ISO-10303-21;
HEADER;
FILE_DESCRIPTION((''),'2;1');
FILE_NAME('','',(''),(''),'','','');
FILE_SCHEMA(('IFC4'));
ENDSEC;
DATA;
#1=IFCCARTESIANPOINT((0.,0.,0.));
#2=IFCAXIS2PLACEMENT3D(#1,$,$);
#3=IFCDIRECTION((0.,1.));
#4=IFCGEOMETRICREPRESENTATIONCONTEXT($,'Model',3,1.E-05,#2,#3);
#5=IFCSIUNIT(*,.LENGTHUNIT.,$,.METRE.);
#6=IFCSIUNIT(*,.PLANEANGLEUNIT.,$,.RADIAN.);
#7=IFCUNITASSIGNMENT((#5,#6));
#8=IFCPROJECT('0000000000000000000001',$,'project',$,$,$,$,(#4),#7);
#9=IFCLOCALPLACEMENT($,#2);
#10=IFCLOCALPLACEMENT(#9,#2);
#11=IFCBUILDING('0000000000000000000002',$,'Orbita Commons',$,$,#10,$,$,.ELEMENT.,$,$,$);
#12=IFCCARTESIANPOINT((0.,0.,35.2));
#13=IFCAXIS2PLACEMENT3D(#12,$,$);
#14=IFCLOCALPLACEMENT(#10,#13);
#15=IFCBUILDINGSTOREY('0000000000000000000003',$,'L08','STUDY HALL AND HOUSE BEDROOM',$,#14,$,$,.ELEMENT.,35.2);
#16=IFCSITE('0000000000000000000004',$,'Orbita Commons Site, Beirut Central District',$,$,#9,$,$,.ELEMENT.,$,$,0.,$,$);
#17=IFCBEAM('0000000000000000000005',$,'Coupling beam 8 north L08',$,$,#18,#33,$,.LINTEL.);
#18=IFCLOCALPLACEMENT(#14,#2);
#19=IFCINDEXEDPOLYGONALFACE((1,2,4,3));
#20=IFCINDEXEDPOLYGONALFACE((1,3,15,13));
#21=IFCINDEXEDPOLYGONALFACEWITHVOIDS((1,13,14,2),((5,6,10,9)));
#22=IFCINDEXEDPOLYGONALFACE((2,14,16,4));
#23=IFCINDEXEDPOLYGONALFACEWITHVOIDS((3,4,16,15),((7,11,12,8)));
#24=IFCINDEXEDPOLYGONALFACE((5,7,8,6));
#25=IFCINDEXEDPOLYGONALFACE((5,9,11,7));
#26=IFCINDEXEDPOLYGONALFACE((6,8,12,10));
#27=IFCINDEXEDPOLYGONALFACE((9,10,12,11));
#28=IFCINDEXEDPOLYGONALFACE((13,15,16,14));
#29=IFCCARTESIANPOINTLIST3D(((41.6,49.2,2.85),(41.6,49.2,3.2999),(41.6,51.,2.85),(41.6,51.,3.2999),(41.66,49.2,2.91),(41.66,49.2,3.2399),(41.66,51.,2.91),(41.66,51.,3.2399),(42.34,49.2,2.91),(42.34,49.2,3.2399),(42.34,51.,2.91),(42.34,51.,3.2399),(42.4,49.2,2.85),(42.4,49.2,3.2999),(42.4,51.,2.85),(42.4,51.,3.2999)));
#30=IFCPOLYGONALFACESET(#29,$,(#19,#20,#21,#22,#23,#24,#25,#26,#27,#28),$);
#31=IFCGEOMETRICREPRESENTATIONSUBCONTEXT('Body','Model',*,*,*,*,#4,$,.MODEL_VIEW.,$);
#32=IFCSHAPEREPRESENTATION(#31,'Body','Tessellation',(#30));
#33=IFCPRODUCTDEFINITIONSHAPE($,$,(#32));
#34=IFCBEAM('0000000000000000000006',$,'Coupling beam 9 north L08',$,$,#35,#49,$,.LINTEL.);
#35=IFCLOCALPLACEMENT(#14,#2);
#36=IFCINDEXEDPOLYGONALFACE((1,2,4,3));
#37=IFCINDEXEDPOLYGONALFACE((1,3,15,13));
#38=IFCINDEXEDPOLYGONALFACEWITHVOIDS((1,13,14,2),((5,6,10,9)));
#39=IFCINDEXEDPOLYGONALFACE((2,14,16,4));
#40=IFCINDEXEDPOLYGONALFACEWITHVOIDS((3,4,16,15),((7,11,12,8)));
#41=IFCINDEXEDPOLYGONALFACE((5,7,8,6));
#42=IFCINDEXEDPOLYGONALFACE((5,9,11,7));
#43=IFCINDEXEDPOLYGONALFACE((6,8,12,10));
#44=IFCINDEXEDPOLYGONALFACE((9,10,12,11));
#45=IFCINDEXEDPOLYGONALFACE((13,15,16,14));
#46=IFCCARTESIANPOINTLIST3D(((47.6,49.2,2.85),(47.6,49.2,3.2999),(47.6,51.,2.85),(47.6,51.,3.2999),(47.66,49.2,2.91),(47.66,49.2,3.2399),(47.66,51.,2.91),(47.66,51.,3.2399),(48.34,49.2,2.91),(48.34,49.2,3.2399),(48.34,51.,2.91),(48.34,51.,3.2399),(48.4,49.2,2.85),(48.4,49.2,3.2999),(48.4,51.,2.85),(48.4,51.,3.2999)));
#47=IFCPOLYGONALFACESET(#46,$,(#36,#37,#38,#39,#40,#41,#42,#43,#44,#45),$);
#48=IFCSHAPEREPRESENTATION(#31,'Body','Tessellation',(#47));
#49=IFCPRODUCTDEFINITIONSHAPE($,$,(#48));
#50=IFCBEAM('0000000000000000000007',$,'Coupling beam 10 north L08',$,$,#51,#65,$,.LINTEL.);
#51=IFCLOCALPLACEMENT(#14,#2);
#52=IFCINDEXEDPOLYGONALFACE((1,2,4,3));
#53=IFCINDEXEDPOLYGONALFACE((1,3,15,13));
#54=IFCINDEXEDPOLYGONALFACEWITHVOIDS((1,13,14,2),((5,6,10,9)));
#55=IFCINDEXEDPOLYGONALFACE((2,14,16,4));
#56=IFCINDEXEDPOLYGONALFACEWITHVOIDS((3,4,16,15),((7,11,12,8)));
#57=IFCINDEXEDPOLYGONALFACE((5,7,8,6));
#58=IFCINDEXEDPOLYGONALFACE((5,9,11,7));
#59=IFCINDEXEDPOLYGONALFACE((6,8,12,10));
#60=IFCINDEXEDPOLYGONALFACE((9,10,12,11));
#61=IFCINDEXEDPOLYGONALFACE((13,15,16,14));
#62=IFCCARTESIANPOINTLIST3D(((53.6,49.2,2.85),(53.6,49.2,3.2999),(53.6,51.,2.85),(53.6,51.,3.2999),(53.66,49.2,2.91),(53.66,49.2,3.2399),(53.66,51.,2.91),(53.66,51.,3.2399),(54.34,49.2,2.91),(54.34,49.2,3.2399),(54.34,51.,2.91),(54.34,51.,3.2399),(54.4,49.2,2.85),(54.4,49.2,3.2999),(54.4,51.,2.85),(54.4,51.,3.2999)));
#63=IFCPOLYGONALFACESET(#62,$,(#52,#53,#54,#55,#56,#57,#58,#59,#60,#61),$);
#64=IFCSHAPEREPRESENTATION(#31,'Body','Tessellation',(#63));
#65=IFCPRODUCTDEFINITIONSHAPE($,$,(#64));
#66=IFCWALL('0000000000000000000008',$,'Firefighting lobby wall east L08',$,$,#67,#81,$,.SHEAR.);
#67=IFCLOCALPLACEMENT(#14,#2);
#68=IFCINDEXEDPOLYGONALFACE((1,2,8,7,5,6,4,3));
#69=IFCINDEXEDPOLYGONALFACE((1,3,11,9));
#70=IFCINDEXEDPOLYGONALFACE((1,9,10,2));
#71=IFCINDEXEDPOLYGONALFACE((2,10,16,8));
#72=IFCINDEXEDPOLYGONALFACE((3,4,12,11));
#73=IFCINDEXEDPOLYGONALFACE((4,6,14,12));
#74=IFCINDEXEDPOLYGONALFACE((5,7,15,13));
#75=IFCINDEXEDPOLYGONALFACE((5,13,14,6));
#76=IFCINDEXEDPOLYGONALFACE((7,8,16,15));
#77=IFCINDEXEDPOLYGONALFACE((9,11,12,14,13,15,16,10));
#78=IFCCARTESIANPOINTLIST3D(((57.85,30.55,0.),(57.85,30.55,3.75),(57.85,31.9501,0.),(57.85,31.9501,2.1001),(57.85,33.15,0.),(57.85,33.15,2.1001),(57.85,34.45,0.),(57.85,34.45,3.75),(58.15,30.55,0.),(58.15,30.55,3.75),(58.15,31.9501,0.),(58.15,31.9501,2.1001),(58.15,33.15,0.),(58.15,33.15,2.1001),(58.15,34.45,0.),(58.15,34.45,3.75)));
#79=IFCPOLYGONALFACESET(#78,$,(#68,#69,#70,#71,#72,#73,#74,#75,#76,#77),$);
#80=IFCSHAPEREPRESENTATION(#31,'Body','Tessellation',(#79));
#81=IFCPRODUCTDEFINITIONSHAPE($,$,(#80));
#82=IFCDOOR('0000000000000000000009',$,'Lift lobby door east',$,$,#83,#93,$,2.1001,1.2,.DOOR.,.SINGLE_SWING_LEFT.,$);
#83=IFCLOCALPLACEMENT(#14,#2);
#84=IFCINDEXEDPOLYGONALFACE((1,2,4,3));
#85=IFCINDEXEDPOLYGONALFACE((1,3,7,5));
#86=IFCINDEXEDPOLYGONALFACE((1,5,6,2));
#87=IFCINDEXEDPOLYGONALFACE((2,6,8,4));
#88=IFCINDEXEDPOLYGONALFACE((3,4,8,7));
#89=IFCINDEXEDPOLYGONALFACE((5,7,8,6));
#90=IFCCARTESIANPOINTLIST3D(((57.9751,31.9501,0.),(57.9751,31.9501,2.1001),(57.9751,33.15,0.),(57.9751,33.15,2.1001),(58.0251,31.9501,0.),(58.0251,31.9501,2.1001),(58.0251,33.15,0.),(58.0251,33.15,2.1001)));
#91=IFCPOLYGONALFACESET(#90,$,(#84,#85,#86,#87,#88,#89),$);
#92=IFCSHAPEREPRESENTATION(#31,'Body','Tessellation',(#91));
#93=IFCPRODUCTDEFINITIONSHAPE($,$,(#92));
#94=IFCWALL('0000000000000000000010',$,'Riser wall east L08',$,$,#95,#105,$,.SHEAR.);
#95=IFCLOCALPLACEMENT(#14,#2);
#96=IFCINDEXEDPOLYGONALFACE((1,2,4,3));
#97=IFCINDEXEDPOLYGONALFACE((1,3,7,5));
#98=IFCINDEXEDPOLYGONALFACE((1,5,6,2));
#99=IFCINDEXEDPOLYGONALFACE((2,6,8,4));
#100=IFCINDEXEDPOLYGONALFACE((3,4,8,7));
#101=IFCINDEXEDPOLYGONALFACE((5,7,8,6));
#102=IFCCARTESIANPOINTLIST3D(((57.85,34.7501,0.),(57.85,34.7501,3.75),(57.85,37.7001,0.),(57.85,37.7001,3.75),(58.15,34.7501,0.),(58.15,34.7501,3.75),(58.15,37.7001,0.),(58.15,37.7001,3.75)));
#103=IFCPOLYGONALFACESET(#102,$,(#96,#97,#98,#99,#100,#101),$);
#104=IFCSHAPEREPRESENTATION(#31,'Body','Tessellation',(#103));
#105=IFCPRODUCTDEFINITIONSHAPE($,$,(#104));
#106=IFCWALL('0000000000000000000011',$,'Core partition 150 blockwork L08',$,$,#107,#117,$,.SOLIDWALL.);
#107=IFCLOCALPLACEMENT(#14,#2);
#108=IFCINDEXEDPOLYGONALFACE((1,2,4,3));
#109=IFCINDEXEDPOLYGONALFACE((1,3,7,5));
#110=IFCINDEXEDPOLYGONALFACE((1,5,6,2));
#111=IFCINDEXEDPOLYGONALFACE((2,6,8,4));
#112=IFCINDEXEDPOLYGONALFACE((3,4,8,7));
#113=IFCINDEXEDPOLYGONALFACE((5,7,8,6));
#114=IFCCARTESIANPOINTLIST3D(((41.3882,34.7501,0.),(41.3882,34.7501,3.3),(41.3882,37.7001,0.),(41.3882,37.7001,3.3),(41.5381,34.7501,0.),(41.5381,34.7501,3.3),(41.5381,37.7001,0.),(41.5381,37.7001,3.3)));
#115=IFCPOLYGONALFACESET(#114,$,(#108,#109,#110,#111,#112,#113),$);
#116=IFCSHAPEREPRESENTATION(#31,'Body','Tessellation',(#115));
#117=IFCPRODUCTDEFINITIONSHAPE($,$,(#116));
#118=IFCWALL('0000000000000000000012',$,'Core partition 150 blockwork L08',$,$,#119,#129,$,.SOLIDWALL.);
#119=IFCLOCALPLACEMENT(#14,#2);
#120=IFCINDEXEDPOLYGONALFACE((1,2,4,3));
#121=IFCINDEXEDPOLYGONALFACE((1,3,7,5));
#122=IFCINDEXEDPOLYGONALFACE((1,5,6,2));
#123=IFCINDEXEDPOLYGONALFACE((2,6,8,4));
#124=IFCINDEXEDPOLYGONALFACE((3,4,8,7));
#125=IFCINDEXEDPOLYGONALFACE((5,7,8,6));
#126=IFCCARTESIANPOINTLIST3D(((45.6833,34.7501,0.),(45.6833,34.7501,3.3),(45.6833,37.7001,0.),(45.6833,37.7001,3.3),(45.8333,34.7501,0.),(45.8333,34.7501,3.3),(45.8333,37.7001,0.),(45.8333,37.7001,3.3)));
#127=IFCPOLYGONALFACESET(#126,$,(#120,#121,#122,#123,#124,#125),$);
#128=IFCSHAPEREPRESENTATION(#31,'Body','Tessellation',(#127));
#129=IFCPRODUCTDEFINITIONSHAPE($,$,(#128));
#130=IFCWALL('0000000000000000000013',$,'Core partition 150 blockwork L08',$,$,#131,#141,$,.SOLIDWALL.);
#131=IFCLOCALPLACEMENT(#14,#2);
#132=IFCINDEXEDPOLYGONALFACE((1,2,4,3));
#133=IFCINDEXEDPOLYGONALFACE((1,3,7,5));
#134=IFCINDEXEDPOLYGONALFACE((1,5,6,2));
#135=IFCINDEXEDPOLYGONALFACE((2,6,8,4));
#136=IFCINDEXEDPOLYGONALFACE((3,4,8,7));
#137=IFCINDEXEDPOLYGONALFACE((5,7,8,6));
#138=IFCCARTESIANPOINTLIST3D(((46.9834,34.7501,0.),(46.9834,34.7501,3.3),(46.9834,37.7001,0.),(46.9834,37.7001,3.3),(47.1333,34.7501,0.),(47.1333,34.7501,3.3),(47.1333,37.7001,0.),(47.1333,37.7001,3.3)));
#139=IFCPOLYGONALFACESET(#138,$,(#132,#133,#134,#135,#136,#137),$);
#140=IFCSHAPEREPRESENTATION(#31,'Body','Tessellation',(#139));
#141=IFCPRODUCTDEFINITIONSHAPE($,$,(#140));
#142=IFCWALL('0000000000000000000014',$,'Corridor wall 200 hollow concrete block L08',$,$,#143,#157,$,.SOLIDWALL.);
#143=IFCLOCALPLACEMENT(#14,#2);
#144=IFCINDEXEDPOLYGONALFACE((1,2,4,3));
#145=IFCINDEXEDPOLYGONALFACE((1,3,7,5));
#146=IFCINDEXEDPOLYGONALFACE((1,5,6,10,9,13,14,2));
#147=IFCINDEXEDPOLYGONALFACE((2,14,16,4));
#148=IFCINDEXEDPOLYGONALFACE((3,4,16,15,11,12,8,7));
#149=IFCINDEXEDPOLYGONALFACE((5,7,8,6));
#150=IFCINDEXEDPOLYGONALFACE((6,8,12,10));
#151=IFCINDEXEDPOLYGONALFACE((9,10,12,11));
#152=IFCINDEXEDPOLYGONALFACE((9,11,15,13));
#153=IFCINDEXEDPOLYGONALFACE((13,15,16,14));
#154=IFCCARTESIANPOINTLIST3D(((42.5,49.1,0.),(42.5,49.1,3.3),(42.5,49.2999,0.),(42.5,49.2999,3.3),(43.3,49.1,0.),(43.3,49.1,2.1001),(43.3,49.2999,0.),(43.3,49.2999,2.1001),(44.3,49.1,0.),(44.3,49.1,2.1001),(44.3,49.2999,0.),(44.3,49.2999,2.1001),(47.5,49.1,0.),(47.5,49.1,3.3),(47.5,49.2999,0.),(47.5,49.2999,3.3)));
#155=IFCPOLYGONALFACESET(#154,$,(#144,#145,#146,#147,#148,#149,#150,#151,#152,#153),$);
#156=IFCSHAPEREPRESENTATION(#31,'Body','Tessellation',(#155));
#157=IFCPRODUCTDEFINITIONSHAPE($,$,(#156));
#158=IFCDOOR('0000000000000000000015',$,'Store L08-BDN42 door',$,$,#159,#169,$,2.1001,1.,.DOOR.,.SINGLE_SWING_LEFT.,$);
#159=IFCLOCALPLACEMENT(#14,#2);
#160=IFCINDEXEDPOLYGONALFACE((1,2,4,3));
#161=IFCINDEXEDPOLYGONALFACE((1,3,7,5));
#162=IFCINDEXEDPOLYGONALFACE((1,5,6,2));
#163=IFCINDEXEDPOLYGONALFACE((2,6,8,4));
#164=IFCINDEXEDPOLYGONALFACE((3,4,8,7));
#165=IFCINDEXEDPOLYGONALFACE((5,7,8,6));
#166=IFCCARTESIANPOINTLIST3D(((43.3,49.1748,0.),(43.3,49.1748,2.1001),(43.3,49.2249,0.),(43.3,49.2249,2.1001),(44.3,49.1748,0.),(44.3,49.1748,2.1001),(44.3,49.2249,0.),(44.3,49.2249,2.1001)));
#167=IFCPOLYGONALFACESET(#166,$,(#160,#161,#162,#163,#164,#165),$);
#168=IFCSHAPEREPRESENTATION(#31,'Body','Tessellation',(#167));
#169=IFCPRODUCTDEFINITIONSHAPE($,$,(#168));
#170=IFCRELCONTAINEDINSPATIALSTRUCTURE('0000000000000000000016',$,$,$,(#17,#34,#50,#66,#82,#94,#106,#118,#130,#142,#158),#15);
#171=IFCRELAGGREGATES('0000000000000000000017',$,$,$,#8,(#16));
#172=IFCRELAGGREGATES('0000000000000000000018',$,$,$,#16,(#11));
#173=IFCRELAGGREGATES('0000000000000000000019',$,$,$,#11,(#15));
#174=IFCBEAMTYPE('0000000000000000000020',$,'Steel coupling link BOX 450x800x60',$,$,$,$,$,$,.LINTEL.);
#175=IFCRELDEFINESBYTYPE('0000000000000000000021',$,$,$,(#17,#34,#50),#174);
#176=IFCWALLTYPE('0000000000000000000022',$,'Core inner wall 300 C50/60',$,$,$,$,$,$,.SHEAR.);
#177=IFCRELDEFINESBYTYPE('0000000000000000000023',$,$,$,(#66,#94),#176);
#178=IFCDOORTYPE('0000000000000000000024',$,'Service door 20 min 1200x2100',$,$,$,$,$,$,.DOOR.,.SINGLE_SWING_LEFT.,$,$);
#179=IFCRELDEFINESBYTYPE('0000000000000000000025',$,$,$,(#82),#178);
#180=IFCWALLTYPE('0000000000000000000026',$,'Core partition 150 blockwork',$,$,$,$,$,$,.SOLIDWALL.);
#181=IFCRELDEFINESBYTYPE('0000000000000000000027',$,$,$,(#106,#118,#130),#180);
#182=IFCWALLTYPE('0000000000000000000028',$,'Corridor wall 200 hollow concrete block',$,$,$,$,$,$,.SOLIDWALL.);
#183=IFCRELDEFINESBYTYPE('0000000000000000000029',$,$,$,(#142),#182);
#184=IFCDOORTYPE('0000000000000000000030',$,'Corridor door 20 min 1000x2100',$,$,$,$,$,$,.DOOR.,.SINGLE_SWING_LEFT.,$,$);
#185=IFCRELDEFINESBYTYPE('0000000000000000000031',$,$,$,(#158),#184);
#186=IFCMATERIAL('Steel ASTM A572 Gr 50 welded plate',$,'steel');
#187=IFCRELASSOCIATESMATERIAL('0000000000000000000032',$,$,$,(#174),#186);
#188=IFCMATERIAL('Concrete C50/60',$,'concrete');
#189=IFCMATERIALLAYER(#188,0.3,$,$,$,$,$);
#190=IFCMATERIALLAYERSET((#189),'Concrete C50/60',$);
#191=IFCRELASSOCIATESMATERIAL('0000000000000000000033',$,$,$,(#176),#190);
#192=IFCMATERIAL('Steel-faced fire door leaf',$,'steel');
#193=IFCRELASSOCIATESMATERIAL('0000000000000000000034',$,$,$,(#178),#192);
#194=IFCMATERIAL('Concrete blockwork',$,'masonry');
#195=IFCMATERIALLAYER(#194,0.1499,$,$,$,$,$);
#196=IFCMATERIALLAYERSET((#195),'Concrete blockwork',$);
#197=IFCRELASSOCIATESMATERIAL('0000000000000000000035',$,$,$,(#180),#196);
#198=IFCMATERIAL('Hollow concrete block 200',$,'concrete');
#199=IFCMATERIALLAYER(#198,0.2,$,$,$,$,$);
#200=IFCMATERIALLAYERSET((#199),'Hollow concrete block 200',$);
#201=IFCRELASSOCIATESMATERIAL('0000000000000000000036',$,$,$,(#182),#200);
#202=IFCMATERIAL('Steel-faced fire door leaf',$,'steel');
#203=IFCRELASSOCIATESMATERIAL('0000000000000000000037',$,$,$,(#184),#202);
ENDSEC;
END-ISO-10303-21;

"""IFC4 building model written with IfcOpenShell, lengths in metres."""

from ifc_helpers import new_model, si_unit, direction, frame, frame_2d, origin, origin_2d, place, context, subcontext, project, spatial, rectangle, hollow_rectangle, extrude, material, layer, layer_set, material_profile, profile_set, type_object, element, fill, save


model = new_model("IFC4")

# Units and contexts
model_context = context("Model", 3, precision=1e-05, world=origin(), true_north=direction((0.0, 1.0)))
body_context = subcontext(model_context, "Body", "Model", "MODEL_VIEW")
ifc_project = project(units=[si_unit("LENGTHUNIT", "METRE"), si_unit("PLANEANGLEUNIT", "RADIAN")], contexts=[model_context])

# Site, building, storey
site_placement = place(None, origin())
site = spatial("IfcSite", under=ifc_project, at=site_placement, Name="Orbita Commons Site, Beirut Central District", CompositionType="ELEMENT", RefElevation=0.0)
building_placement = place(site_placement, origin())
building = spatial("IfcBuilding", under=site, at=building_placement, Name="Orbita Commons", CompositionType="ELEMENT")
storey_placement = place(building_placement, frame((0.0, 0.0, 35.2)))
storey = spatial("IfcBuildingStorey", under=building, at=storey_placement, Name="L08", Description="STUDY HALL AND HOUSE BEDROOM", CompositionType="ELEMENT", Elevation=35.2)

# Beams
ifc_material_1 = material(Name="Steel ASTM A572 Gr 50 welded plate", Category="steel")
ifc_material_profile = material_profile(ifc_material_1, hollow_rectangle(XDim=0.8, YDim=0.45, WallThickness=0.0601, at=origin_2d()), Name="BOX 450x800x60")
ifc_profile_set = profile_set([ifc_material_profile], Name="Steel ASTM A572 Gr 50 welded plate")
beam_type = type_object("IfcBeamType", Name="Steel coupling link BOX 450x800x60", PredefinedType="LINTEL", material=ifc_profile_set)
for number, where, z_axis, x_axis, name in (
    (1, (42.0, 49.2, 3.075), (0.0, 1.0, 0.0), (-1.0, 0.0, 0.0), "Coupling beam 8 north L08"),
    (2, (48.0, 49.2, 3.075), (0.0, 1.0, 0.0), (-1.0, 0.0, 0.0), "Coupling beam 9 north L08"),
    (3, (54.0, 49.2, 3.075), (0.0, 1.0, 0.0), (-1.0, 0.0, 0.0), "Coupling beam 10 north L08"),
):
    element("IfcBeam", number, at=place(storey_placement, frame(where, z_axis=z_axis, x_axis=x_axis)), inside=storey, type_object=beam_type, Name=name, PredefinedType="LINTEL", context=body_context, shape_type="SweptSolid", body=[
        extrude(hollow_rectangle(XDim=0.8, YDim=0.45, WallThickness=0.0601, at=origin_2d()), origin(), (0.0, 0.0, 1.0), 1.8),
    ])

# Wall, opening, door
ifc_material_2 = material(Name="Concrete C50/60", Category="concrete")
ifc_layer_1 = layer(ifc_material_2, 0.3)
ifc_layer_set_1 = layer_set([ifc_layer_1], Name="Concrete C50/60")
wall_type_1 = type_object("IfcWallType", Name="Core inner wall 300 C50/60", PredefinedType="SHEAR", material=ifc_layer_set_1)
wall_1_placement = place(storey_placement, frame((58.0, 30.55, 0.0), z_axis=(0.0, 0.0, 1.0), x_axis=(0.0, 1.0, 0.0)))
wall_1 = element("IfcWall", 4, at=wall_1_placement, inside=storey, type_object=wall_type_1, Name="Firefighting lobby wall east L08", PredefinedType="SHEAR", context=body_context, shape_type="SweptSolid", body=[
    extrude(rectangle(XDim=3.8999, YDim=0.3, at=frame_2d((1.95, 0.0))), origin(), (0.0, 0.0, 1.0), 3.75),
])
opening_1_placement = place(wall_1_placement, frame((1.3999, 0.0, 0.0)))
opening_1 = element("IfcOpeningElement", 5, at=opening_1_placement, cuts=wall_1, PredefinedType="OPENING", context=body_context, shape_type="SweptSolid", body=[
    extrude(rectangle(XDim=1.2, YDim=2.1001, at=frame_2d((0.6001, 1.05))), frame((0.0, 0.1599, 0.0), z_axis=(0.0, -1.0, 0.0), x_axis=(1.0, 0.0, 0.0)), (0.0, 0.0, 1.0), 0.3201),
])
ifc_material_3 = material(Name="Steel-faced fire door leaf", Category="steel")
door_type_1 = type_object("IfcDoorType", Name="Service door 20 min 1200x2100", OperationType="SINGLE_SWING_LEFT", PredefinedType="DOOR", material=ifc_material_3)
door_1_placement = place(opening_1_placement, origin())
door_1 = element("IfcDoor", 6, at=door_1_placement, inside=storey, type_object=door_type_1, Name="Lift lobby door east", OperationType="SINGLE_SWING_LEFT", OverallHeight=2.1001, OverallWidth=1.2, PredefinedType="DOOR", context=body_context, shape_type="SweptSolid", body=[
    extrude(rectangle(XDim=1.2, YDim=2.1001, at=frame_2d((0.6001, 1.05))), frame((0.0, 0.0249, 0.0), z_axis=(0.0, -1.0, 0.0), x_axis=(1.0, 0.0, 0.0)), (0.0, 0.0, 1.0), 0.05),
])
fill(opening_1, door_1)

# Walls
wall_2_placement = place(storey_placement, frame((58.0, 34.75, 0.0), z_axis=(0.0, 0.0, 1.0), x_axis=(0.0, 1.0, 0.0)))
element("IfcWall", 7, at=wall_2_placement, inside=storey, type_object=wall_type_1, Name="Riser wall east L08", PredefinedType="SHEAR", context=body_context, shape_type="SweptSolid", body=[
    extrude(rectangle(XDim=2.95, YDim=0.3, at=frame_2d((1.4751, 0.0))), origin(), (0.0, 0.0, 1.0), 3.75),
])
ifc_material_4 = material(Name="Concrete blockwork", Category="masonry")
ifc_layer_2 = layer(ifc_material_4, 0.1499)
ifc_layer_set_2 = layer_set([ifc_layer_2], Name="Concrete blockwork")
wall_type_2 = type_object("IfcWallType", Name="Core partition 150 blockwork", PredefinedType="SOLIDWALL", material=ifc_layer_set_2)
for number, where, z_axis, x_axis, name in (
    (8, (41.4631, 34.75, 0.0), (0.0, 0.0, 1.0), (0.0, 1.0, 0.0), "Core partition 150 blockwork L08"),
    (9, (45.7583, 34.75, 0.0), (0.0, 0.0, 1.0), (0.0, 1.0, 0.0), "Core partition 150 blockwork L08"),
    (10, (47.0583, 34.75, 0.0), (0.0, 0.0, 1.0), (0.0, 1.0, 0.0), "Core partition 150 blockwork L08"),
):
    element("IfcWall", number, at=place(storey_placement, frame(where, z_axis=z_axis, x_axis=x_axis)), inside=storey, type_object=wall_type_2, Name=name, PredefinedType="SOLIDWALL", context=body_context, shape_type="SweptSolid", body=[
        extrude(rectangle(XDim=2.95, YDim=0.1499, at=frame_2d((1.4751, 0.0))), origin(), (0.0, 0.0, 1.0), 3.3),
    ])

# Wall, opening, door
ifc_material_5 = material(Name="Hollow concrete block 200", Category="concrete")
ifc_layer_3 = layer(ifc_material_5, 0.2)
ifc_layer_set_3 = layer_set([ifc_layer_3], Name="Hollow concrete block 200")
wall_type_3 = type_object("IfcWallType", Name="Corridor wall 200 hollow concrete block", PredefinedType="SOLIDWALL", material=ifc_layer_set_3)
wall_3_placement = place(storey_placement, frame((42.5, 49.2, 0.0), z_axis=(0.0, 0.0, 1.0), x_axis=(1.0, 0.0, 0.0)))
wall_3 = element("IfcWall", 11, at=wall_3_placement, inside=storey, type_object=wall_type_3, Name="Corridor wall 200 hollow concrete block L08", PredefinedType="SOLIDWALL", context=body_context, shape_type="SweptSolid", body=[
    extrude(rectangle(XDim=5.0, YDim=0.2, at=frame_2d((2.5, 0.0))), origin(), (0.0, 0.0, 1.0), 3.3),
])
opening_2_placement = place(wall_3_placement, frame((0.8, 0.0, 0.0)))
opening_2 = element("IfcOpeningElement", 12, at=opening_2_placement, cuts=wall_3, PredefinedType="OPENING", context=body_context, shape_type="SweptSolid", body=[
    extrude(rectangle(XDim=1.0, YDim=2.1001, at=frame_2d((0.5, 1.05))), frame((0.0, 0.1099, 0.0), z_axis=(0.0, -1.0, 0.0), x_axis=(1.0, 0.0, 0.0)), (0.0, 0.0, 1.0), 0.22),
])
ifc_material_6 = material(Name="Steel-faced fire door leaf", Category="steel")
door_type_2 = type_object("IfcDoorType", Name="Corridor door 20 min 1000x2100", OperationType="SINGLE_SWING_LEFT", PredefinedType="DOOR", material=ifc_material_6)
door_2_placement = place(opening_2_placement, origin())
door_2 = element("IfcDoor", 13, at=door_2_placement, inside=storey, type_object=door_type_2, Name="Store L08-BDN42 door", OperationType="SINGLE_SWING_LEFT", OverallHeight=2.1001, OverallWidth=1.0, PredefinedType="DOOR", context=body_context, shape_type="SweptSolid", body=[
    extrude(rectangle(XDim=1.0, YDim=2.1001, at=frame_2d((0.5, 1.05))), frame((0.0, 0.0249, 0.0), z_axis=(0.0, -1.0, 0.0), x_axis=(1.0, 0.0, 0.0)), (0.0, 0.0, 1.0), 0.05),
])
fill(opening_2, door_2)

save(model, "model.ifc")
